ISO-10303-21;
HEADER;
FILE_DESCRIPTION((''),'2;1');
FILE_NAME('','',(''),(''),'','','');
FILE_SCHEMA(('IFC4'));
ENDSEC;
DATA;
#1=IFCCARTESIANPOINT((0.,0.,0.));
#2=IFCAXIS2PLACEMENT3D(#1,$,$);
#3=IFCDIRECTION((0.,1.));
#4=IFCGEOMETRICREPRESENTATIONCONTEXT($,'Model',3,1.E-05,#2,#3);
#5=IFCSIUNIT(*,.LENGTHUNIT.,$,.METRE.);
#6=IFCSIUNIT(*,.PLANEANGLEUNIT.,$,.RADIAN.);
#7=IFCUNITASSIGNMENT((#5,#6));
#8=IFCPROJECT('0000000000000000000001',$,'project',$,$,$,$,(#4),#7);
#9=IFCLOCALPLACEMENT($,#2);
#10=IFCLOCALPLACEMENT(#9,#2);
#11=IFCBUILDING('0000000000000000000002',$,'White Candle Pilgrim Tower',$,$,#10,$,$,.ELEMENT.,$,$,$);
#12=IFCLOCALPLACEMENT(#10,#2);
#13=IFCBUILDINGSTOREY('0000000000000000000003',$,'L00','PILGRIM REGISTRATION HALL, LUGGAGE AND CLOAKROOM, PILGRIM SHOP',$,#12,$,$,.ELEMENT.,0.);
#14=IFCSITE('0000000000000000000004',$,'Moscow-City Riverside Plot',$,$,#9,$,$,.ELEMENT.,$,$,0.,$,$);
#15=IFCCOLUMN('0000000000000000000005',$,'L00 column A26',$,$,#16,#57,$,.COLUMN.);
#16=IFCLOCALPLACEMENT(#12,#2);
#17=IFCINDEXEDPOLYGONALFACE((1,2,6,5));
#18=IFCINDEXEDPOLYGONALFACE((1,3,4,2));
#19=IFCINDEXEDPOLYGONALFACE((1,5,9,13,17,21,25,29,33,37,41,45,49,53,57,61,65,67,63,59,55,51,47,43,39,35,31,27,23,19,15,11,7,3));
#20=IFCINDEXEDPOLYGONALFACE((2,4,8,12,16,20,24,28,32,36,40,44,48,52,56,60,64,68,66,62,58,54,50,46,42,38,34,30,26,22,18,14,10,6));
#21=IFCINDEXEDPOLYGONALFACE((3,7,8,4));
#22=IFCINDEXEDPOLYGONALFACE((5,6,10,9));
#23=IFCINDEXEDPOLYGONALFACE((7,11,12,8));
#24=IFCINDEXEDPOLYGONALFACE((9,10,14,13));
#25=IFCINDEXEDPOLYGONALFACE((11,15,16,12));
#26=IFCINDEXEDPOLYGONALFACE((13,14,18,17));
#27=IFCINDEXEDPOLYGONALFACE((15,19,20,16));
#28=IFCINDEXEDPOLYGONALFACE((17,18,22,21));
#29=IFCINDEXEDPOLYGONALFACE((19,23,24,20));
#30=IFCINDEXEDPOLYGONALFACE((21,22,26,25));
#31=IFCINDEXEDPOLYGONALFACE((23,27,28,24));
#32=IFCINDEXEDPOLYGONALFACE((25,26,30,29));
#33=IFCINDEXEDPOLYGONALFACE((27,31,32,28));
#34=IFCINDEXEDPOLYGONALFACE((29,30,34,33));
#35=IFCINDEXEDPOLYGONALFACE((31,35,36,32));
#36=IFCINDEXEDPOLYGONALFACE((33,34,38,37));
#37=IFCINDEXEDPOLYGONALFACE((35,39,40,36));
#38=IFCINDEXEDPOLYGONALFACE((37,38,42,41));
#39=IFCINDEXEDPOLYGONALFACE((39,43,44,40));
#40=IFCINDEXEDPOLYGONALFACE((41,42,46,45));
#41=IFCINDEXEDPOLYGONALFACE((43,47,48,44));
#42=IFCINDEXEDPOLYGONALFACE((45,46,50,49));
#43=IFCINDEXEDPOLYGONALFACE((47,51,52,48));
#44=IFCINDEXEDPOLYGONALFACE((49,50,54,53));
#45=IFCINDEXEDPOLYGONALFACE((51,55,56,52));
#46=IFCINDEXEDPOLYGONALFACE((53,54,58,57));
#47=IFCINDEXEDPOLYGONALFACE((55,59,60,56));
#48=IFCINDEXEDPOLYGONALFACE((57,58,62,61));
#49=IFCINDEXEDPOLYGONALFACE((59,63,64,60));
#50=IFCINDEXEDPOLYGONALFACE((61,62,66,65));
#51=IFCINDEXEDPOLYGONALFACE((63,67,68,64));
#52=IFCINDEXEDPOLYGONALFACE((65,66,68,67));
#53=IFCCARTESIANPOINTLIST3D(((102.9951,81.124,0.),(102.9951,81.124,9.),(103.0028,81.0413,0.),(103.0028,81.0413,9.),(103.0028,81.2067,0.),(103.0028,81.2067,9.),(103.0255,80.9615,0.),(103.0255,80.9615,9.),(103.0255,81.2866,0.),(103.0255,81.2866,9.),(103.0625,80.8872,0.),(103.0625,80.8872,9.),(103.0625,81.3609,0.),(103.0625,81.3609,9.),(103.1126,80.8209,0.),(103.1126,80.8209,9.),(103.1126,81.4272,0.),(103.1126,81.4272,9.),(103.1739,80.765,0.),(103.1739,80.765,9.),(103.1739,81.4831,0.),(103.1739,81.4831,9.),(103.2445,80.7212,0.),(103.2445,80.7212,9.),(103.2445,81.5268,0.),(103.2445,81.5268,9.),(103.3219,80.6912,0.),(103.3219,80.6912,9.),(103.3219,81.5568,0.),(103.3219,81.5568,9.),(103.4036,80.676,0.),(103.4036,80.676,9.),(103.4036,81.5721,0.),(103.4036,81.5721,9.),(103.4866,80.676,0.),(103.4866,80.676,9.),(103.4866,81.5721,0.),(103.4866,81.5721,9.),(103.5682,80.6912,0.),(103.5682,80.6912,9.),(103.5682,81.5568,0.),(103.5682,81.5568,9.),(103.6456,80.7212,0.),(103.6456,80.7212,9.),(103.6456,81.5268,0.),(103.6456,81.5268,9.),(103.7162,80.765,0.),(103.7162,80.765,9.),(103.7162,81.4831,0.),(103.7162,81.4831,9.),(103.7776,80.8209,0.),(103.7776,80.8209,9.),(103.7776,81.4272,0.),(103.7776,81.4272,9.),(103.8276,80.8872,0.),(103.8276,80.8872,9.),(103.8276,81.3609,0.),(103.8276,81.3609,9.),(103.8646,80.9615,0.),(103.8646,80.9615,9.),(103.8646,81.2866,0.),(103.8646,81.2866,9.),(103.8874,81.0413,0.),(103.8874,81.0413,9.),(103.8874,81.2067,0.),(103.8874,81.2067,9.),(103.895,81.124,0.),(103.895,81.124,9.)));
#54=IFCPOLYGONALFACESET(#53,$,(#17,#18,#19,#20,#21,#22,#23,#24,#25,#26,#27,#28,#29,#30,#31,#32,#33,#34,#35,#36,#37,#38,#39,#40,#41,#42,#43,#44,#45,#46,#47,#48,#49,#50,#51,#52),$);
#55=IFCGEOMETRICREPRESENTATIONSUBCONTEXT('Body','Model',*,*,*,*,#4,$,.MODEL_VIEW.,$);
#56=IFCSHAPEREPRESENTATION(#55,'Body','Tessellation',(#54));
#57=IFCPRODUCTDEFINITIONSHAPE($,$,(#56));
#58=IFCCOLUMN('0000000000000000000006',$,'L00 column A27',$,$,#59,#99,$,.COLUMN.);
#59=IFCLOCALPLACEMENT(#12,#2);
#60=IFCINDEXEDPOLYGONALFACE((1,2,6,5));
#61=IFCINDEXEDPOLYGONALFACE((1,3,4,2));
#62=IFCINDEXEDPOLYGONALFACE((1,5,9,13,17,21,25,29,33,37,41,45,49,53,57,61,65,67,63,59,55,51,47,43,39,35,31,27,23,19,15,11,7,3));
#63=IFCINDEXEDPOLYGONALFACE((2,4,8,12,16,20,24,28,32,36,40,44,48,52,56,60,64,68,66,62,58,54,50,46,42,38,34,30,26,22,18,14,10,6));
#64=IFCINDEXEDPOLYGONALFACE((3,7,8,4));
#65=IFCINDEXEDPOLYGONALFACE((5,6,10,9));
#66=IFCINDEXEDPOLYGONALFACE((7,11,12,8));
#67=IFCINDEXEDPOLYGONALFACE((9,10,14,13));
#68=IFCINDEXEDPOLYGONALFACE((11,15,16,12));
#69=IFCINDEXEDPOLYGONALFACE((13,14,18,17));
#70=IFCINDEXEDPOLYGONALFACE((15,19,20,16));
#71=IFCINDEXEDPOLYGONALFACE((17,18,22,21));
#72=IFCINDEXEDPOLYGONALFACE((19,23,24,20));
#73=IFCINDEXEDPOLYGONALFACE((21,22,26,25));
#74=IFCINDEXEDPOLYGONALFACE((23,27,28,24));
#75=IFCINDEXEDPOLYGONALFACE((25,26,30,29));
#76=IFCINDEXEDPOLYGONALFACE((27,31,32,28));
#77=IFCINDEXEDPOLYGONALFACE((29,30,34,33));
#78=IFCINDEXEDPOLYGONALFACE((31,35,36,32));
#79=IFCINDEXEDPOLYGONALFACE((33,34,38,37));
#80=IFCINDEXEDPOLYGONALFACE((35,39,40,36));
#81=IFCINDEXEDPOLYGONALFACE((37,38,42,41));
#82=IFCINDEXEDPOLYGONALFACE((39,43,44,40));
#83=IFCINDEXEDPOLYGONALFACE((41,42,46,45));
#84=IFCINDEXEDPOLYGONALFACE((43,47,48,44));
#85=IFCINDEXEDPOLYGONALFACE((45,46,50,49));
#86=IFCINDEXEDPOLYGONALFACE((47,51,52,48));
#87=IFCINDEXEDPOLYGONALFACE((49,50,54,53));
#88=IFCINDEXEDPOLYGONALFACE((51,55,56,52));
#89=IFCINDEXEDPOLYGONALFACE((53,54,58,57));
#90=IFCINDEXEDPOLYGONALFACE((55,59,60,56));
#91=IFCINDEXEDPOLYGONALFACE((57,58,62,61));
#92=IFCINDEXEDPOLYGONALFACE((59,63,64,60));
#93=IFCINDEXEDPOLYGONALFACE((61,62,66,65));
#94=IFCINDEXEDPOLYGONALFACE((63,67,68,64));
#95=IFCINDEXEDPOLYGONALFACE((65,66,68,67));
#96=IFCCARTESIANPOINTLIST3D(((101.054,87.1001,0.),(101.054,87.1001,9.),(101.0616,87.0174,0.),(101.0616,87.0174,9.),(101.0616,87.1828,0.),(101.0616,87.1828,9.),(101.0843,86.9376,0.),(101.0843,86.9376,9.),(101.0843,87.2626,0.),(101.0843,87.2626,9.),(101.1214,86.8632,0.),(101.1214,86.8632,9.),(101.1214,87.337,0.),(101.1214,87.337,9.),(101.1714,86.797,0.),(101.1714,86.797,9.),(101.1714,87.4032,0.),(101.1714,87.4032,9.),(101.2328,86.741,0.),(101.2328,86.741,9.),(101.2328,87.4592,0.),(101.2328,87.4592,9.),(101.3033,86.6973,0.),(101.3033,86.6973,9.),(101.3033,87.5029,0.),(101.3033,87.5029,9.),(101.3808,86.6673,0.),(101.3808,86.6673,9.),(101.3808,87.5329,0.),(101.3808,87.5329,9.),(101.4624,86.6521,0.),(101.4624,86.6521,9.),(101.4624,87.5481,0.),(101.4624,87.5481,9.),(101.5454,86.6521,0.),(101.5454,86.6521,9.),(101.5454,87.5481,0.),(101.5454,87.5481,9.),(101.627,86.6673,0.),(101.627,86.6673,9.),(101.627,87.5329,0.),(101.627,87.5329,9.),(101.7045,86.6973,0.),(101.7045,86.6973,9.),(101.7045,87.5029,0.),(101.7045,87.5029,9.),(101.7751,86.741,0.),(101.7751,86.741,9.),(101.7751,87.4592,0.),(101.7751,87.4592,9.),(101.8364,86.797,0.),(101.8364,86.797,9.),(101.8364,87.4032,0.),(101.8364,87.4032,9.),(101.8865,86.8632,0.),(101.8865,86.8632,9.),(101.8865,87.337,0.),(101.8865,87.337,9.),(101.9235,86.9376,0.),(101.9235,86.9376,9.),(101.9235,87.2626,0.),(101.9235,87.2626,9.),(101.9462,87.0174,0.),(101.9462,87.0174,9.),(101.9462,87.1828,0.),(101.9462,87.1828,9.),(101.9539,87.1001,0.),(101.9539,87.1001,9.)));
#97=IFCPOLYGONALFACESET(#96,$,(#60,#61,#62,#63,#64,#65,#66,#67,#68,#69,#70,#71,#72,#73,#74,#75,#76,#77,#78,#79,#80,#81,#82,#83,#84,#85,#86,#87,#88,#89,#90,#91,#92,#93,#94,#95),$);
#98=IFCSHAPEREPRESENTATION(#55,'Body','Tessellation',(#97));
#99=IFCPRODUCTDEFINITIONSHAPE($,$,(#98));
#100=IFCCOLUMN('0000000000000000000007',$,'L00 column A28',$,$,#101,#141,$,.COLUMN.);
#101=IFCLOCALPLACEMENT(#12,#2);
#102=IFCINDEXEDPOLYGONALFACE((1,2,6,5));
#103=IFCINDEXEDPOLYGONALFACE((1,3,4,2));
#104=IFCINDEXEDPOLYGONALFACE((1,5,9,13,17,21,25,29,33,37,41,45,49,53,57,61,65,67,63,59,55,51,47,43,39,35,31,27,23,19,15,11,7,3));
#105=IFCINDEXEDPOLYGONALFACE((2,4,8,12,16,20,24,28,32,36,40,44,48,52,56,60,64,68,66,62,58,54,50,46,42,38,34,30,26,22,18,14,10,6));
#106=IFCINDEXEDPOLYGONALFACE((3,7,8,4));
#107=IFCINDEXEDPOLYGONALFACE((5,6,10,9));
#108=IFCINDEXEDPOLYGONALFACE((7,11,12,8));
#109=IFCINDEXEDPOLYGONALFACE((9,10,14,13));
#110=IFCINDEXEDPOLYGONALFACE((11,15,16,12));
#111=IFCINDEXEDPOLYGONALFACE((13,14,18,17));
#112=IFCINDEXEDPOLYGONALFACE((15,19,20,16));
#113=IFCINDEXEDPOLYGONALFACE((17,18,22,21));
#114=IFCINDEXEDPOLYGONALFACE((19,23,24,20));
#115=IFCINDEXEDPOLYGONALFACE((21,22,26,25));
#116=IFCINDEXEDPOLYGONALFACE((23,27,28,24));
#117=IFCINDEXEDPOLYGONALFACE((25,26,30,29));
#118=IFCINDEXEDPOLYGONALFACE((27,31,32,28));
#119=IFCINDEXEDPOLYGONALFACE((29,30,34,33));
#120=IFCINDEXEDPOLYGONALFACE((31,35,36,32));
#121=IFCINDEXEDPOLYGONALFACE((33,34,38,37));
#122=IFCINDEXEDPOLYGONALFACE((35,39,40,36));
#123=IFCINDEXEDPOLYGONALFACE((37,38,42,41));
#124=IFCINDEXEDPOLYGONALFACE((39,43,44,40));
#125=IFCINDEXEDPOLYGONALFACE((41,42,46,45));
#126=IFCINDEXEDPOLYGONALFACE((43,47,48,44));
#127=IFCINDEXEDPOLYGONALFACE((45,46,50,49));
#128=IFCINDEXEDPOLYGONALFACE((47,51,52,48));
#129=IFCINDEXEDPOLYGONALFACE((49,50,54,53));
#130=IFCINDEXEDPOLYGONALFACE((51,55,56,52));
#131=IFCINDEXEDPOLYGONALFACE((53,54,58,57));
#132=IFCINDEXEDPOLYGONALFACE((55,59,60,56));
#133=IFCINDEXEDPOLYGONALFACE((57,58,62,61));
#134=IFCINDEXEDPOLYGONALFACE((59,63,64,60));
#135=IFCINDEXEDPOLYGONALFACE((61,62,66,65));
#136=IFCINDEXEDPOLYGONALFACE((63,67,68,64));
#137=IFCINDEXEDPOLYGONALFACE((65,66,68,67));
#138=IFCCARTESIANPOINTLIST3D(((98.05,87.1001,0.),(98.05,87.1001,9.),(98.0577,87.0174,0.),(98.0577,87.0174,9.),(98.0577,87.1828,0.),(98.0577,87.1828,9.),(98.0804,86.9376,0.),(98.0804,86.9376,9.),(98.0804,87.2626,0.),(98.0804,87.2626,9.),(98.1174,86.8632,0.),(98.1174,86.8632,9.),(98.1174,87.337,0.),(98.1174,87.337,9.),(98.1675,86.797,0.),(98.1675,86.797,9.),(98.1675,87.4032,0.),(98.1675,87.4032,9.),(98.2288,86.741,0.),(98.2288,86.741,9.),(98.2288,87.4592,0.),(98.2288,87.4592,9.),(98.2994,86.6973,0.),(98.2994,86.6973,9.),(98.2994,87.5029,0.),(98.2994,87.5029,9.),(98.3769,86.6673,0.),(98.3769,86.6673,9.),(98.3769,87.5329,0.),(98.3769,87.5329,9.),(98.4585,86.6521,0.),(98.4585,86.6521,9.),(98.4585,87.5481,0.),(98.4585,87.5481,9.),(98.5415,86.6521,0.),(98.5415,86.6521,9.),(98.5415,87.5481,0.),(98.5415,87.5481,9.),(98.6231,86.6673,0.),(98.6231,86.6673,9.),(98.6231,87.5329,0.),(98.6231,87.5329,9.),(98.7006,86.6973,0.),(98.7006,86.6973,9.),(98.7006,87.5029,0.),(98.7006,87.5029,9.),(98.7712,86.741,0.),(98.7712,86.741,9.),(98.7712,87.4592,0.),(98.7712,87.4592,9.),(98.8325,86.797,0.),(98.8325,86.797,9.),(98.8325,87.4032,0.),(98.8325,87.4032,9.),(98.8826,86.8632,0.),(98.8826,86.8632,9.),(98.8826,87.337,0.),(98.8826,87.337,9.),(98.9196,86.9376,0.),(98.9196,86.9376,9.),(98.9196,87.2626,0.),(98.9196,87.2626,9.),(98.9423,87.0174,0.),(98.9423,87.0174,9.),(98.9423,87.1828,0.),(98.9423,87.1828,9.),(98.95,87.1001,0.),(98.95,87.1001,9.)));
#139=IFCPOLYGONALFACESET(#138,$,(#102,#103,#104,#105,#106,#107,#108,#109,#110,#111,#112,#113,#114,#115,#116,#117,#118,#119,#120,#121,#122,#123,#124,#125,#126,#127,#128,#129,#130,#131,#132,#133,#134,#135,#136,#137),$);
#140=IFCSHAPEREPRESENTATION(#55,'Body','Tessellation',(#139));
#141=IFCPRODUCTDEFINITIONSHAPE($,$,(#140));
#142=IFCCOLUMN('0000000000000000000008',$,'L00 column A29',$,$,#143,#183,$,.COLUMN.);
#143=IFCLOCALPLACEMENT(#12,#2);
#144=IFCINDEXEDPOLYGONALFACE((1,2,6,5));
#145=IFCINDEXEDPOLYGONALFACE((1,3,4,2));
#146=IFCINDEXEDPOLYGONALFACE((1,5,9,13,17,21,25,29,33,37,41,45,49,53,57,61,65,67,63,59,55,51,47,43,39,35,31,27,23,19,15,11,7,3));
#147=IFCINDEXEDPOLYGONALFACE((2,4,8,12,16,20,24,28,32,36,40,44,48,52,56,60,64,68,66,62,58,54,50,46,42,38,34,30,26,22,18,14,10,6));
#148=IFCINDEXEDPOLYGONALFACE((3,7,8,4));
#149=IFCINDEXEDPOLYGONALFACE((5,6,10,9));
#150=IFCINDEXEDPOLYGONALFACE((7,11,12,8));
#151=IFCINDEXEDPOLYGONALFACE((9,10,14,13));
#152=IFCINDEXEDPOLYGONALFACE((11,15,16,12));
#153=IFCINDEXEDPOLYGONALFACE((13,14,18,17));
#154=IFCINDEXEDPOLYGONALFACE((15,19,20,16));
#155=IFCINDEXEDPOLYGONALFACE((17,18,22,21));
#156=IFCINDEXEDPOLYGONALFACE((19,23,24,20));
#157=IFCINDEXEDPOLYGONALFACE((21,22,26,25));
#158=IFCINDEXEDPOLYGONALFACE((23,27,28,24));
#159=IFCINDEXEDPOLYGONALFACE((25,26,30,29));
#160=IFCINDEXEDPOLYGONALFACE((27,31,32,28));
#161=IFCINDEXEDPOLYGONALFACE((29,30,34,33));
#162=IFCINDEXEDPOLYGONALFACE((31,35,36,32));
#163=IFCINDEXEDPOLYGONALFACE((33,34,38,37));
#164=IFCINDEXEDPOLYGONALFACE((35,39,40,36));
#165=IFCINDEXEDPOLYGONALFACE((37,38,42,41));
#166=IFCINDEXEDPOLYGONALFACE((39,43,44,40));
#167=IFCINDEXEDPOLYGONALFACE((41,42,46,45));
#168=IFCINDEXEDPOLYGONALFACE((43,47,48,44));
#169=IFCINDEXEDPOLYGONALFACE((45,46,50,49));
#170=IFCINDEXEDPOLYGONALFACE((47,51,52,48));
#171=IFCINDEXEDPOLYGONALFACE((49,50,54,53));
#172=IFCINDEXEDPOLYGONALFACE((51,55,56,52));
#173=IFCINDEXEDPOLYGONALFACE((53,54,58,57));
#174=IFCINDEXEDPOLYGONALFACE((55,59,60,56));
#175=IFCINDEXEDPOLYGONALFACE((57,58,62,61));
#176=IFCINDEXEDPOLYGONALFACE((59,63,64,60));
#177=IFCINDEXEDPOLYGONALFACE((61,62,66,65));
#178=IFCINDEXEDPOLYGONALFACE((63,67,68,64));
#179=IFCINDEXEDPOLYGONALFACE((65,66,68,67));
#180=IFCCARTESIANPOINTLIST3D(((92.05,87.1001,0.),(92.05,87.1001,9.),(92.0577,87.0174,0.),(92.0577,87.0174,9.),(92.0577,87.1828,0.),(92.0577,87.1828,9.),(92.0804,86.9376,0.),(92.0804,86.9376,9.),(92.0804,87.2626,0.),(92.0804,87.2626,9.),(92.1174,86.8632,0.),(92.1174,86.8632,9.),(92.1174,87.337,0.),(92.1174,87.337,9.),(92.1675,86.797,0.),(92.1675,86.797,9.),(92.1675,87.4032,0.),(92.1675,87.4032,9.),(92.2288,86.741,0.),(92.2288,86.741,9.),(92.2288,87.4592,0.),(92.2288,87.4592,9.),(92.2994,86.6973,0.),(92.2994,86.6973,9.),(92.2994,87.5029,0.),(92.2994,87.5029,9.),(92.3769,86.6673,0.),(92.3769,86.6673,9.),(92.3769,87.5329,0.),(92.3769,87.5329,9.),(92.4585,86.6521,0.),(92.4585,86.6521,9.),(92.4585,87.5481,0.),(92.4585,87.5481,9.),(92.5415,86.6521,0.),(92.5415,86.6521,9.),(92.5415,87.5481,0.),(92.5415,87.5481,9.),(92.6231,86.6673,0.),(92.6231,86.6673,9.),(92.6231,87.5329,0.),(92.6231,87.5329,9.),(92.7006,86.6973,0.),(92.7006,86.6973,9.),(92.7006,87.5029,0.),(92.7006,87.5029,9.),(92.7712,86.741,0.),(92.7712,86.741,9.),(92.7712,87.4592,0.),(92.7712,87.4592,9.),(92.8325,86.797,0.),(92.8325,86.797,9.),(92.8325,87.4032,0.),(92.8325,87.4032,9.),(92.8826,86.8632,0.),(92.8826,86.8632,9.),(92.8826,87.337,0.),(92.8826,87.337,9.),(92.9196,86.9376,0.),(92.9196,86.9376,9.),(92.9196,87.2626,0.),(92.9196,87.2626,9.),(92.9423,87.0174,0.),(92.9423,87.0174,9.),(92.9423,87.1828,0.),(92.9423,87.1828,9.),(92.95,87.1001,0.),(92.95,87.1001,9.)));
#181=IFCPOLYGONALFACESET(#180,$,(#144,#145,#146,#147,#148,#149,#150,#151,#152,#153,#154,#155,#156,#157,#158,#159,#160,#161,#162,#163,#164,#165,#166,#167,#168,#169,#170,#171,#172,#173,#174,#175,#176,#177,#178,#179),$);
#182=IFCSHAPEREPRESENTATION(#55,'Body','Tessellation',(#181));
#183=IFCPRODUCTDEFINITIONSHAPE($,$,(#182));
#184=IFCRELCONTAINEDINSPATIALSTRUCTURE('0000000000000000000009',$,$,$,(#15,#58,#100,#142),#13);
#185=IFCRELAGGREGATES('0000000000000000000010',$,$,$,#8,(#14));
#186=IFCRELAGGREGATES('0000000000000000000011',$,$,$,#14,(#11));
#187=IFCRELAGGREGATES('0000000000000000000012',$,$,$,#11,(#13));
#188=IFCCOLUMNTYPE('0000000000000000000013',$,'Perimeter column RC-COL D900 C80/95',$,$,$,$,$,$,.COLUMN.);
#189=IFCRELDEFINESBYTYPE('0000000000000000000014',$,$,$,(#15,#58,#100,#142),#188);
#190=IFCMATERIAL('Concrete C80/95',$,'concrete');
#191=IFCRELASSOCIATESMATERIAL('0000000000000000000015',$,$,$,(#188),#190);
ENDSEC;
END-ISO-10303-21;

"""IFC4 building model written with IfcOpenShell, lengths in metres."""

from ifc_helpers import new_model, si_unit, direction, frame, origin, origin_2d, place, context, subcontext, project, spatial, circle, extrude, material, material_profile, profile_set, type_object, element, save


model = new_model("IFC4")

# Units and contexts
model_context = context("Model", 3, precision=1e-05, world=origin(), true_north=direction((0.0, 1.0)))
body_context = subcontext(model_context, "Body", "Model", "MODEL_VIEW")
ifc_project = project(units=[si_unit("LENGTHUNIT", "METRE"), si_unit("PLANEANGLEUNIT", "RADIAN")], contexts=[model_context])

# Site, building, storey
site_placement = place(None, origin())
site = spatial("IfcSite", under=ifc_project, at=site_placement, Name="Moscow-City Riverside Plot", CompositionType="ELEMENT", RefElevation=0.0)
building_placement = place(site_placement, origin())
building = spatial("IfcBuilding", under=site, at=building_placement, Name="White Candle Pilgrim Tower", CompositionType="ELEMENT")
storey_placement = place(building_placement, origin())
storey = spatial("IfcBuildingStorey", under=building, at=storey_placement, Name="L00", Description="PILGRIM REGISTRATION HALL, LUGGAGE AND CLOAKROOM, PILGRIM SHOP", CompositionType="ELEMENT", Elevation=0.0)

# Columns
ifc_material_1 = material(Name="Concrete C80/95", Category="concrete")
ifc_material_profile_1 = material_profile(ifc_material_1, circle(Radius=0.45, at=origin_2d()), Name="RC-COL D900")
ifc_profile_set_1 = profile_set([ifc_material_profile_1], Name="Concrete C80/95")
column_type = type_object("IfcColumnType", Name="Perimeter column RC-COL D900 C80/95", PredefinedType="COLUMN", material=ifc_profile_set_1)
for number, where, z_axis, x_axis, name in (
    (1, (103.4451, 81.124, 0.0), (0.0, 0.0, 1.0), (1.0, 0.0, 0.0), "L00 column A26"),
    (2, (101.5039, 87.1001, 0.0), (0.0, 0.0, 1.0), (1.0, 0.0, 0.0), "L00 column A27"),
    (3, (98.5, 87.1001, 0.0), (0.0, 0.0, 1.0), (1.0, 0.0, 0.0), "L00 column A28"),
    (4, (92.5, 87.1001, 0.0), (0.0, 0.0, 1.0), (1.0, 0.0, 0.0), "L00 column A29"),
):
    element("IfcColumn", number, at=place(storey_placement, frame(where, z_axis=z_axis, x_axis=x_axis)), inside=storey, type_object=column_type, Name=name, PredefinedType="COLUMN", context=body_context, shape_type="SweptSolid", body=[
        extrude(circle(Radius=0.45, at=origin_2d()), origin(), (0.0, 0.0, 1.0), 9.0),
    ])

save(model, "model.ifc")
